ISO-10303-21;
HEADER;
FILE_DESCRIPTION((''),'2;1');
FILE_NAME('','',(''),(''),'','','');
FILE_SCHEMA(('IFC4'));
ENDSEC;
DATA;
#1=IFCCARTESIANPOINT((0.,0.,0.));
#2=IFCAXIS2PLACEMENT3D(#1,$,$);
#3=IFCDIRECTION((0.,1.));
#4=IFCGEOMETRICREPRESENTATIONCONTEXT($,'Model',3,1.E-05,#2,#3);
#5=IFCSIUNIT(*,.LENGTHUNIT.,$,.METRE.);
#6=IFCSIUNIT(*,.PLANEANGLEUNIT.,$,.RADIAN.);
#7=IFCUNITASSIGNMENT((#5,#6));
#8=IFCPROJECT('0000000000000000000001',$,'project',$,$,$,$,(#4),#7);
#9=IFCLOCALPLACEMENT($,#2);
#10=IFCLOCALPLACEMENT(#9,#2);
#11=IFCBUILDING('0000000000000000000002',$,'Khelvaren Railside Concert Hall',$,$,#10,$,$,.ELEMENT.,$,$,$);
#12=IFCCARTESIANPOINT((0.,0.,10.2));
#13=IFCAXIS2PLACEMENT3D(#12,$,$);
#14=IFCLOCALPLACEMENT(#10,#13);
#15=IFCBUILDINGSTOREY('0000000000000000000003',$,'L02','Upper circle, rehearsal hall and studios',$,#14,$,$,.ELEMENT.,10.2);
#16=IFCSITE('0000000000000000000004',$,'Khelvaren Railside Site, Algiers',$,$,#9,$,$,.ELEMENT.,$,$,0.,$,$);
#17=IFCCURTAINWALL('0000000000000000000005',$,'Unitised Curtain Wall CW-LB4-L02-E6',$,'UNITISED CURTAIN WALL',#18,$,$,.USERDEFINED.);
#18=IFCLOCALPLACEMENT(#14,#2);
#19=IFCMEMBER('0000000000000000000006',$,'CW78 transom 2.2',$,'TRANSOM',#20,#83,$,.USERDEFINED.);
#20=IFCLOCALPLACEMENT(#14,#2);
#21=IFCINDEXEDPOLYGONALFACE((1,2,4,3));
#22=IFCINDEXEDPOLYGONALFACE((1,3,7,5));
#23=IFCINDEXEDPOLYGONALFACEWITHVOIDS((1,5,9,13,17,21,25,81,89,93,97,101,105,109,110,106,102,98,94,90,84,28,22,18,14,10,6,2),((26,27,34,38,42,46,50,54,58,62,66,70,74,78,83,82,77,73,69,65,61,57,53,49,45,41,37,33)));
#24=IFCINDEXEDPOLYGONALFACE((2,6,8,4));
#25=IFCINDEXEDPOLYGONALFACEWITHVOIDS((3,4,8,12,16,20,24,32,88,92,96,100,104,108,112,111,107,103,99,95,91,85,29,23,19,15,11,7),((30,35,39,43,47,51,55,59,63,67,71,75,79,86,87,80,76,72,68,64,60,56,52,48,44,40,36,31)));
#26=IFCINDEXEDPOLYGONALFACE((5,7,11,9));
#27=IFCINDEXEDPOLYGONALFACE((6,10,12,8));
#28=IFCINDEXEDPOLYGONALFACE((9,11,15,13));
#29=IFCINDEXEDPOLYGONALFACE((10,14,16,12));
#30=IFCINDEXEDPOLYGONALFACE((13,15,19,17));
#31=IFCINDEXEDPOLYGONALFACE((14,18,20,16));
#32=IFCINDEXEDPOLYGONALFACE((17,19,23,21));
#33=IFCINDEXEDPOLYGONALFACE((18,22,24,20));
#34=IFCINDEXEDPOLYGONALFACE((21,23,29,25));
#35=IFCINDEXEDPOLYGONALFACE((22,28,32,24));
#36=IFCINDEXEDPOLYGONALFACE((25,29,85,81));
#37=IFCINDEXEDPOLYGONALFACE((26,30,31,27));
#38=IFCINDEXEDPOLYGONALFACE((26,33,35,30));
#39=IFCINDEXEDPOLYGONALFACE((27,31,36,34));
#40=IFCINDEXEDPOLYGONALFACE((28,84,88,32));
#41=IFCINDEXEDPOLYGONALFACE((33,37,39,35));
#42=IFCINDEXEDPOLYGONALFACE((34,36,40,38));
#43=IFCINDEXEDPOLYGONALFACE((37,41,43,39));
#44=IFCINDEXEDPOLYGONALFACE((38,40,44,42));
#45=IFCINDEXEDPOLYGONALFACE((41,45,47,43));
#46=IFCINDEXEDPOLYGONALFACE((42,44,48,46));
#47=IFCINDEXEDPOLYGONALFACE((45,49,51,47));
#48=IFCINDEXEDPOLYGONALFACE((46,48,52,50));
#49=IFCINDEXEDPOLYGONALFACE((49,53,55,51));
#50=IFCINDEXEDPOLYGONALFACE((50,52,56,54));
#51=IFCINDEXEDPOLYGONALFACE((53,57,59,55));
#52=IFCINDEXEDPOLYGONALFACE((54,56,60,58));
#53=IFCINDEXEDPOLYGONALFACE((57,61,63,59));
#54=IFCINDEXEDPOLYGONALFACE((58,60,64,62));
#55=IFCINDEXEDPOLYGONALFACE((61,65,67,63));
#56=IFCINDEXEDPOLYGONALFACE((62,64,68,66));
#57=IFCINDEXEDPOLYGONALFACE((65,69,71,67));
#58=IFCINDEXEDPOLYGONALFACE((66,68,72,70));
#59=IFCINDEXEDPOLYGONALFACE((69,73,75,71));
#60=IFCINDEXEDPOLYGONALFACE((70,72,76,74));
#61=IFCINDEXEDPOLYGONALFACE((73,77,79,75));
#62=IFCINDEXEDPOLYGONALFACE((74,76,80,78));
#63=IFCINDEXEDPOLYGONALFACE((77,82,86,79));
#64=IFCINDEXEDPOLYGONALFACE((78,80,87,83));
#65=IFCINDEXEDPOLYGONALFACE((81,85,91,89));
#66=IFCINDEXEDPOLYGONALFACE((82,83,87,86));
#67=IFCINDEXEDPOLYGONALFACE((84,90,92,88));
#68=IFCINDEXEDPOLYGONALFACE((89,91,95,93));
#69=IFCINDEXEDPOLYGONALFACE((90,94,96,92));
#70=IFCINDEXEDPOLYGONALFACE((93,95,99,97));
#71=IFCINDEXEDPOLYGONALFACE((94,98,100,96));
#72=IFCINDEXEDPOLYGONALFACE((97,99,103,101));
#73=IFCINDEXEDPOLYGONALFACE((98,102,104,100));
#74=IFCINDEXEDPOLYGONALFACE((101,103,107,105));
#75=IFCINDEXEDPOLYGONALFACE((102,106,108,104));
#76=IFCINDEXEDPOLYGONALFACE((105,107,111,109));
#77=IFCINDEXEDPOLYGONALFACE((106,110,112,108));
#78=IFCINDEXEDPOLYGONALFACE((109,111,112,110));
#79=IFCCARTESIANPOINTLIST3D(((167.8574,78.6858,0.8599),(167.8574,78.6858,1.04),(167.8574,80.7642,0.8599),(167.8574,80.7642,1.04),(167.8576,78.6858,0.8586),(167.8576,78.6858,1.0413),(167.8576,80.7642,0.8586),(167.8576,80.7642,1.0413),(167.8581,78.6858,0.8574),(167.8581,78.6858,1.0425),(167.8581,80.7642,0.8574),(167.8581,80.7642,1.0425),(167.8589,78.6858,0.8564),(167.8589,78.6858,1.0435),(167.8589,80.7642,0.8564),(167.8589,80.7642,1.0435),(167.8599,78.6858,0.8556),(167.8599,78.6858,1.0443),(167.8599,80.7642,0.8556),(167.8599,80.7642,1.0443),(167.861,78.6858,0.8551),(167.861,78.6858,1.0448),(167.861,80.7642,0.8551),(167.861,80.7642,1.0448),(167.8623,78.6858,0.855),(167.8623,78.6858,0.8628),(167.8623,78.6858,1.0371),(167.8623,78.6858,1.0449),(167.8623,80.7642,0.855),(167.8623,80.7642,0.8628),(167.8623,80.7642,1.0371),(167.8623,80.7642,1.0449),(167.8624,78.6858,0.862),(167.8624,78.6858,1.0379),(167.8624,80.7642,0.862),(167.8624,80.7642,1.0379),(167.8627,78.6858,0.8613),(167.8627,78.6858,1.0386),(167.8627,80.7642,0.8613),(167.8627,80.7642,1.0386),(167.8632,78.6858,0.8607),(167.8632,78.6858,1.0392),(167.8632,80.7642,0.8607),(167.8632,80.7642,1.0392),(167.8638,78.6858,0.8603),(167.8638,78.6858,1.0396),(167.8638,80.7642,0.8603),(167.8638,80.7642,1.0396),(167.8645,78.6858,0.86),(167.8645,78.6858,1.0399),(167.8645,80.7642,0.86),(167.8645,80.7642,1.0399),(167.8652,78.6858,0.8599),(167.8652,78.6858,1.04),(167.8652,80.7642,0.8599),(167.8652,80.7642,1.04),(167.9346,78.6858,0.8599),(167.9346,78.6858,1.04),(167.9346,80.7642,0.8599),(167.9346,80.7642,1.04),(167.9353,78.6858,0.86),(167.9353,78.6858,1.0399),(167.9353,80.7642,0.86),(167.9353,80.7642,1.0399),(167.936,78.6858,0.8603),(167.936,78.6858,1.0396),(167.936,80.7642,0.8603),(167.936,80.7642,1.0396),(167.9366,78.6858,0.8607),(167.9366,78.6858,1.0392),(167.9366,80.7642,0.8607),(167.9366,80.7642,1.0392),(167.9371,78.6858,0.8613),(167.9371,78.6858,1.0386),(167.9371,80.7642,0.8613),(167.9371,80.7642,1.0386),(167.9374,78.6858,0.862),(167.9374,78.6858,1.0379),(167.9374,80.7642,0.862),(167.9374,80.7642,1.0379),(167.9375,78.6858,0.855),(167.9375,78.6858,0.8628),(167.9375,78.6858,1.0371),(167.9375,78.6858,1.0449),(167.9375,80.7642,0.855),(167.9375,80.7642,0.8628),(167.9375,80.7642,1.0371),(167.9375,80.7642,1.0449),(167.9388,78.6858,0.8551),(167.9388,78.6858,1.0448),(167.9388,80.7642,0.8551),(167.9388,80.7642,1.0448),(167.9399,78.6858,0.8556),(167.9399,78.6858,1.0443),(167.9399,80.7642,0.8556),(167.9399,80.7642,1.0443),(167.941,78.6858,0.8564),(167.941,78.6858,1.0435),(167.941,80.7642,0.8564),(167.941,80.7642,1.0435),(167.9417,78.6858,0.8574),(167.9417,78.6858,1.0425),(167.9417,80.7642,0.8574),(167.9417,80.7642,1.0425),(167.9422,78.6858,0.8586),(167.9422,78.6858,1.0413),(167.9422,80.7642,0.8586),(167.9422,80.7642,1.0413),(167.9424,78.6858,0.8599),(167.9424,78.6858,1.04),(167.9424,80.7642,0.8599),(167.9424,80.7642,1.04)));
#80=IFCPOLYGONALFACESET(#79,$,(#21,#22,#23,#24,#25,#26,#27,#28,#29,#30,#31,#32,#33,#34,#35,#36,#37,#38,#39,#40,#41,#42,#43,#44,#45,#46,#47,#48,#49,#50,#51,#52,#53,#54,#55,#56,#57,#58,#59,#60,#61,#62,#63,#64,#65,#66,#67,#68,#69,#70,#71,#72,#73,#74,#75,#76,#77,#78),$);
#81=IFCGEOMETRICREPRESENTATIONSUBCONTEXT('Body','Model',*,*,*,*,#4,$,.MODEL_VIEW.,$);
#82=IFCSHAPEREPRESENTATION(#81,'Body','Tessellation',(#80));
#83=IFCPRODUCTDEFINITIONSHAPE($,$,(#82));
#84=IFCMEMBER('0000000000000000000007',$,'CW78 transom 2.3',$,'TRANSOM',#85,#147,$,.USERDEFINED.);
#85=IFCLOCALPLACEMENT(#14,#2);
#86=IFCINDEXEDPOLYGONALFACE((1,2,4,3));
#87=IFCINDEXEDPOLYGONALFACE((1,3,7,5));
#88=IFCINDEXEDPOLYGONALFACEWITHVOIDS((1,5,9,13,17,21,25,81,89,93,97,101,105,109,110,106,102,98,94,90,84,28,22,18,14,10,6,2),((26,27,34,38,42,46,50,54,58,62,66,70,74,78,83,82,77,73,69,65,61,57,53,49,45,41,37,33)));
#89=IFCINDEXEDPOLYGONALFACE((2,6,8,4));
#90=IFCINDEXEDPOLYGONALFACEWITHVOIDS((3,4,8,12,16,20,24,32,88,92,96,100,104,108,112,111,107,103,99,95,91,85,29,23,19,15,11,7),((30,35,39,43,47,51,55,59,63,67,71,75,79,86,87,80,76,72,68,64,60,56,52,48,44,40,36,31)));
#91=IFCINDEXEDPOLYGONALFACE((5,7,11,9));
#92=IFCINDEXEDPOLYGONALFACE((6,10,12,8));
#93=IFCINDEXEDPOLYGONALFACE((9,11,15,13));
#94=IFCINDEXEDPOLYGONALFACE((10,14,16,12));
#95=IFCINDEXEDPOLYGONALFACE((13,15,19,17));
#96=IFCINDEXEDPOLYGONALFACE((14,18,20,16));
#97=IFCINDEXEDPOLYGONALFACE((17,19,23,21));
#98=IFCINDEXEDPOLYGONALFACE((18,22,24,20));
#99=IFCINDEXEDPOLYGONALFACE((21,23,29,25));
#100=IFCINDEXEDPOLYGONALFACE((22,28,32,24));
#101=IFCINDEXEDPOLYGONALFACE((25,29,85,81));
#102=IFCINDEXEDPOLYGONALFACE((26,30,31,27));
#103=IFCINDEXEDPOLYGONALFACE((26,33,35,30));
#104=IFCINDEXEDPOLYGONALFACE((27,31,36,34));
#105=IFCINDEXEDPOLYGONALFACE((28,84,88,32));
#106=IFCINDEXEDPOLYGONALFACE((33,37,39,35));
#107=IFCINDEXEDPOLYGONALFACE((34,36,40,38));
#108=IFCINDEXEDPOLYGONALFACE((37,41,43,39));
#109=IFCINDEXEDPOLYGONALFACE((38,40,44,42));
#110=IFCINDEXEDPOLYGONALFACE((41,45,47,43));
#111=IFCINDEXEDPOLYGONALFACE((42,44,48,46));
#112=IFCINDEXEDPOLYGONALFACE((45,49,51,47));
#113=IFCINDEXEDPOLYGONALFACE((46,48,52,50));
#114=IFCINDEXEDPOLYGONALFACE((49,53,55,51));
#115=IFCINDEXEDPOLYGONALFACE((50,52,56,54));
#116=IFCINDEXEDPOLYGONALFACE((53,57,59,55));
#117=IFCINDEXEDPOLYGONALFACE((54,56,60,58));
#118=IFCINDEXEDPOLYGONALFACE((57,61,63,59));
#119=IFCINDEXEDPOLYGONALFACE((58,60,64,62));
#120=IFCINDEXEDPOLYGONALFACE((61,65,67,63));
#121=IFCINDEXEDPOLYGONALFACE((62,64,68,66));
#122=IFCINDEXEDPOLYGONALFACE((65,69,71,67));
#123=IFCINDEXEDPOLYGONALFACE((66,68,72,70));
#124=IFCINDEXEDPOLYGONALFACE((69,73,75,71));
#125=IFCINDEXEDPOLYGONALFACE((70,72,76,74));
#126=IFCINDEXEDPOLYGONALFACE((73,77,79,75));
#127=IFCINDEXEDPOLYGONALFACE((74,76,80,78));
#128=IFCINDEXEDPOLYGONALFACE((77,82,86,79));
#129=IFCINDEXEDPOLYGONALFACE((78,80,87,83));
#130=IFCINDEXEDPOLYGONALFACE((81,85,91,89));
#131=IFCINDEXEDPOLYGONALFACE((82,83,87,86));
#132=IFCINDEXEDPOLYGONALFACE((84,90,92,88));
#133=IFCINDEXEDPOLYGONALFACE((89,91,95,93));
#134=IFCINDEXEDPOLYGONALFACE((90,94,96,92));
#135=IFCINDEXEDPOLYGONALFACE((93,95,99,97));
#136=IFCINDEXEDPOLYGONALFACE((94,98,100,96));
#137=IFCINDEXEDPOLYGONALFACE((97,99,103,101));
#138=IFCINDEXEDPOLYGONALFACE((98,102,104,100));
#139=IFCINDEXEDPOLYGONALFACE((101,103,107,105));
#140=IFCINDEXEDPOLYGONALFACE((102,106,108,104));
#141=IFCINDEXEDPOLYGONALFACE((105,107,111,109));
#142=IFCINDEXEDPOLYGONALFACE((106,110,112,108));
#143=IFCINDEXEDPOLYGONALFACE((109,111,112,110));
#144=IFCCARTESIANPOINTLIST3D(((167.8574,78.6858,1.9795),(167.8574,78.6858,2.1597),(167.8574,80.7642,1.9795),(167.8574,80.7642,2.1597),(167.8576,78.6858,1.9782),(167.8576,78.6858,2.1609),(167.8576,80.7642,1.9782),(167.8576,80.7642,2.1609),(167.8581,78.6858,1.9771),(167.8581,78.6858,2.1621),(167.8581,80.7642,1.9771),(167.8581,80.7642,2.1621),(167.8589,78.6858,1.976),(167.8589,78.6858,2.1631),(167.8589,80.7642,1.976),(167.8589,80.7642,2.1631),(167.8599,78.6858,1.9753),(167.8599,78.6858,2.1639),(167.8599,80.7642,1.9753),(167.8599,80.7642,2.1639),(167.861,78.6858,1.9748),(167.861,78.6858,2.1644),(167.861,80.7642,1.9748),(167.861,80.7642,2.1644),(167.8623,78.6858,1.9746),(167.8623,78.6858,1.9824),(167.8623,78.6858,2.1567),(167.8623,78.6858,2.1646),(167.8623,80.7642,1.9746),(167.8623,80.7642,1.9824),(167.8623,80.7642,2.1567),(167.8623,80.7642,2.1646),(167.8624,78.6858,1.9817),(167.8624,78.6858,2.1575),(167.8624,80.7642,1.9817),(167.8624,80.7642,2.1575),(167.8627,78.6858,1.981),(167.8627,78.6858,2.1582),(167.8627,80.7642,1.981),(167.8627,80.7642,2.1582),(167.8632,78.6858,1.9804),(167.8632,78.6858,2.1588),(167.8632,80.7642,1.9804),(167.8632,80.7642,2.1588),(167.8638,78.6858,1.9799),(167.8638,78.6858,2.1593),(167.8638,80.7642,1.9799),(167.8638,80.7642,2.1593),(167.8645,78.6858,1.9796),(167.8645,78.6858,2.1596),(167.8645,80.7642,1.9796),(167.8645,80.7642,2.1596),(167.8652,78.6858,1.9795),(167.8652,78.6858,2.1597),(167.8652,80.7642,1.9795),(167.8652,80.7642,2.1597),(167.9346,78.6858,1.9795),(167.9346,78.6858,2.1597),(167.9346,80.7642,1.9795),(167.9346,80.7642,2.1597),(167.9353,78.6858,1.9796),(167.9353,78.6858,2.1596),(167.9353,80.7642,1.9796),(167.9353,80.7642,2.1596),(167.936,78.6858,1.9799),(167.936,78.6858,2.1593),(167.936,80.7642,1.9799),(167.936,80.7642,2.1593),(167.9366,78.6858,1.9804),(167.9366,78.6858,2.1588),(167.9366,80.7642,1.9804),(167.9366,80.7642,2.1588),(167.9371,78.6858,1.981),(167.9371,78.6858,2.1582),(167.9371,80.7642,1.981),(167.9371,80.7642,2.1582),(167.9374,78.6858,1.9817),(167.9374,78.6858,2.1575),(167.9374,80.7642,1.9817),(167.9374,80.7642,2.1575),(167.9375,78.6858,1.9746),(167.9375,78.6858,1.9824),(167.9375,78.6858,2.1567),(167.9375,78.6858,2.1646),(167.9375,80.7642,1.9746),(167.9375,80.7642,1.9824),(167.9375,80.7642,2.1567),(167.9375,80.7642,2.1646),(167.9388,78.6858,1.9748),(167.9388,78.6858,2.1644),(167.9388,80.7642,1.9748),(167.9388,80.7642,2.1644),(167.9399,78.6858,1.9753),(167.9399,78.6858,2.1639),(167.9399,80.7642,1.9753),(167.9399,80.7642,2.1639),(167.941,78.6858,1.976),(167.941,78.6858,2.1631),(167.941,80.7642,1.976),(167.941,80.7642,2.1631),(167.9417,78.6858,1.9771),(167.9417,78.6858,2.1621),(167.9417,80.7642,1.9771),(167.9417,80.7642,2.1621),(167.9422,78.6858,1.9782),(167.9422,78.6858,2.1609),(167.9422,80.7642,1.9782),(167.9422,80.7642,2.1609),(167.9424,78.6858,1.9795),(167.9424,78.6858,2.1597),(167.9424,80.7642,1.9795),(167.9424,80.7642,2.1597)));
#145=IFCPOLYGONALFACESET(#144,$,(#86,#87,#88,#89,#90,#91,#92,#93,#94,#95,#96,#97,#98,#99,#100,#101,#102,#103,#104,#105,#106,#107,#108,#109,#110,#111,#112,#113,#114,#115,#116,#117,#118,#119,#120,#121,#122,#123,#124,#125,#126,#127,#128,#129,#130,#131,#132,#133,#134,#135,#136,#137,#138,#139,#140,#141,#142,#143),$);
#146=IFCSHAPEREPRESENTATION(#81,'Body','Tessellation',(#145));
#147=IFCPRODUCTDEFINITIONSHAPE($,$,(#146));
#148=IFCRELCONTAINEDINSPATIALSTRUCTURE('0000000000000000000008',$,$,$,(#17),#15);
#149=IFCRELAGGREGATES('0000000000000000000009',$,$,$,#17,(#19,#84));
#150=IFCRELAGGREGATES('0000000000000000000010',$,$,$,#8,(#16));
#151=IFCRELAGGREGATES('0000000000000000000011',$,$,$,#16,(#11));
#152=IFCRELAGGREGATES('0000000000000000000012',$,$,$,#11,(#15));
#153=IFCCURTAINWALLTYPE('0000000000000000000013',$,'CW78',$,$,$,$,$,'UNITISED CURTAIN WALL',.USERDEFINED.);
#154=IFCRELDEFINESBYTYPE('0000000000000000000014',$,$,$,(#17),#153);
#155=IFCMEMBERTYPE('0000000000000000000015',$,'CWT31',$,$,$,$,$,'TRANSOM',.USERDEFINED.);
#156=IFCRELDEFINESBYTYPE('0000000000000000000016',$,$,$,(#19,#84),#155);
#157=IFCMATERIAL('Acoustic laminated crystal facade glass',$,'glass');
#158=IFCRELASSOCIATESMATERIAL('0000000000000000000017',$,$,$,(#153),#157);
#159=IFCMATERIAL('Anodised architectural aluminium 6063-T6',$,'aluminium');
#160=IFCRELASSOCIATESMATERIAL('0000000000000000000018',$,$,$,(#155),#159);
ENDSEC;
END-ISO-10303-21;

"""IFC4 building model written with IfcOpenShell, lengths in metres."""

from ifc_helpers import new_model, si_unit, direction, frame, origin, origin_2d, place, context, subcontext, project, spatial, hollow_rectangle, extrude, material, material_profile, profile_set, type_object, element, aggregate, save


model = new_model("IFC4")

# Units and contexts
model_context = context("Model", 3, precision=1e-05, world=origin(), true_north=direction((0.0, 1.0)))
body_context = subcontext(model_context, "Body", "Model", "MODEL_VIEW")
ifc_project = project(units=[si_unit("LENGTHUNIT", "METRE"), si_unit("PLANEANGLEUNIT", "RADIAN")], contexts=[model_context])

# Site, building, storey
site_placement = place(None, origin())
site = spatial("IfcSite", under=ifc_project, at=site_placement, Name="Khelvaren Railside Site, Algiers", CompositionType="ELEMENT", RefElevation=0.0)
building_placement = place(site_placement, origin())
building = spatial("IfcBuilding", under=site, at=building_placement, Name="Khelvaren Railside Concert Hall", CompositionType="ELEMENT")
storey_placement = place(building_placement, frame((0.0, 0.0, 10.2)))
storey = spatial("IfcBuildingStorey", under=building, at=storey_placement, Name="L02", Description="Upper circle, rehearsal hall and studios", CompositionType="ELEMENT", Elevation=10.2)

# Curtain wall, members
ifc_material_1 = material(Name="Acoustic laminated crystal facade glass", Category="glass")
curtain_wall_type = type_object("IfcCurtainWallType", Name="CW78", ElementType="UNITISED CURTAIN WALL", PredefinedType="USERDEFINED", material=ifc_material_1)
curtain_wall_placement = place(storey_placement, origin())
curtain_wall = element("IfcCurtainWall", 1, at=curtain_wall_placement, inside=storey, type_object=curtain_wall_type, Name="Unitised Curtain Wall CW-LB4-L02-E6", ObjectType="UNITISED CURTAIN WALL", PredefinedType="USERDEFINED")
ifc_material_2 = material(Name="Anodised architectural aluminium 6063-T6", Category="aluminium")
ifc_material_profile_1 = material_profile(ifc_material_2, hollow_rectangle(XDim=0.085, YDim=0.1899, WallThickness=0.0049, InnerFilletRadius=0.0029, OuterFilletRadius=0.0049, at=origin_2d()), Name="CWT 85x190x5")
ifc_profile_set_1 = profile_set([ifc_material_profile_1], Name="Anodised architectural aluminium 6063-T6")
member_type_1 = type_object("IfcMemberType", Name="CWT31", ElementType="TRANSOM", PredefinedType="USERDEFINED", material=ifc_profile_set_1)
member_1_placement = place(storey_placement, frame((167.8999, 80.7642, 0.95), z_axis=(0.0, -1.0, 0.0), x_axis=(1.0, 0.0, 0.0)))
member_1 = element("IfcMember", 2, at=member_1_placement, type_object=member_type_1, Name="CW78 transom 2.2", ObjectType="TRANSOM", PredefinedType="USERDEFINED", context=body_context, shape_type="SweptSolid", body=[
    extrude(hollow_rectangle(XDim=0.085, YDim=0.1899, WallThickness=0.0049, InnerFilletRadius=0.0029, OuterFilletRadius=0.0049, at=origin_2d()), origin(), (0.0, 0.0, 1.0), 2.0784),
])
member_2_placement = place(storey_placement, frame((167.8999, 80.7642, 2.0696), z_axis=(0.0, -1.0, 0.0), x_axis=(1.0, 0.0, 0.0)))
member_2 = element("IfcMember", 3, at=member_2_placement, type_object=member_type_1, Name="CW78 transom 2.3", ObjectType="TRANSOM", PredefinedType="USERDEFINED", context=body_context, shape_type="SweptSolid", body=[
    extrude(hollow_rectangle(XDim=0.085, YDim=0.1899, WallThickness=0.0049, InnerFilletRadius=0.0029, OuterFilletRadius=0.0049, at=origin_2d()), origin(), (0.0, 0.0, 1.0), 2.0784),
])

aggregate(curtain_wall, [member_1, member_2])

save(model, "model.ifc")
